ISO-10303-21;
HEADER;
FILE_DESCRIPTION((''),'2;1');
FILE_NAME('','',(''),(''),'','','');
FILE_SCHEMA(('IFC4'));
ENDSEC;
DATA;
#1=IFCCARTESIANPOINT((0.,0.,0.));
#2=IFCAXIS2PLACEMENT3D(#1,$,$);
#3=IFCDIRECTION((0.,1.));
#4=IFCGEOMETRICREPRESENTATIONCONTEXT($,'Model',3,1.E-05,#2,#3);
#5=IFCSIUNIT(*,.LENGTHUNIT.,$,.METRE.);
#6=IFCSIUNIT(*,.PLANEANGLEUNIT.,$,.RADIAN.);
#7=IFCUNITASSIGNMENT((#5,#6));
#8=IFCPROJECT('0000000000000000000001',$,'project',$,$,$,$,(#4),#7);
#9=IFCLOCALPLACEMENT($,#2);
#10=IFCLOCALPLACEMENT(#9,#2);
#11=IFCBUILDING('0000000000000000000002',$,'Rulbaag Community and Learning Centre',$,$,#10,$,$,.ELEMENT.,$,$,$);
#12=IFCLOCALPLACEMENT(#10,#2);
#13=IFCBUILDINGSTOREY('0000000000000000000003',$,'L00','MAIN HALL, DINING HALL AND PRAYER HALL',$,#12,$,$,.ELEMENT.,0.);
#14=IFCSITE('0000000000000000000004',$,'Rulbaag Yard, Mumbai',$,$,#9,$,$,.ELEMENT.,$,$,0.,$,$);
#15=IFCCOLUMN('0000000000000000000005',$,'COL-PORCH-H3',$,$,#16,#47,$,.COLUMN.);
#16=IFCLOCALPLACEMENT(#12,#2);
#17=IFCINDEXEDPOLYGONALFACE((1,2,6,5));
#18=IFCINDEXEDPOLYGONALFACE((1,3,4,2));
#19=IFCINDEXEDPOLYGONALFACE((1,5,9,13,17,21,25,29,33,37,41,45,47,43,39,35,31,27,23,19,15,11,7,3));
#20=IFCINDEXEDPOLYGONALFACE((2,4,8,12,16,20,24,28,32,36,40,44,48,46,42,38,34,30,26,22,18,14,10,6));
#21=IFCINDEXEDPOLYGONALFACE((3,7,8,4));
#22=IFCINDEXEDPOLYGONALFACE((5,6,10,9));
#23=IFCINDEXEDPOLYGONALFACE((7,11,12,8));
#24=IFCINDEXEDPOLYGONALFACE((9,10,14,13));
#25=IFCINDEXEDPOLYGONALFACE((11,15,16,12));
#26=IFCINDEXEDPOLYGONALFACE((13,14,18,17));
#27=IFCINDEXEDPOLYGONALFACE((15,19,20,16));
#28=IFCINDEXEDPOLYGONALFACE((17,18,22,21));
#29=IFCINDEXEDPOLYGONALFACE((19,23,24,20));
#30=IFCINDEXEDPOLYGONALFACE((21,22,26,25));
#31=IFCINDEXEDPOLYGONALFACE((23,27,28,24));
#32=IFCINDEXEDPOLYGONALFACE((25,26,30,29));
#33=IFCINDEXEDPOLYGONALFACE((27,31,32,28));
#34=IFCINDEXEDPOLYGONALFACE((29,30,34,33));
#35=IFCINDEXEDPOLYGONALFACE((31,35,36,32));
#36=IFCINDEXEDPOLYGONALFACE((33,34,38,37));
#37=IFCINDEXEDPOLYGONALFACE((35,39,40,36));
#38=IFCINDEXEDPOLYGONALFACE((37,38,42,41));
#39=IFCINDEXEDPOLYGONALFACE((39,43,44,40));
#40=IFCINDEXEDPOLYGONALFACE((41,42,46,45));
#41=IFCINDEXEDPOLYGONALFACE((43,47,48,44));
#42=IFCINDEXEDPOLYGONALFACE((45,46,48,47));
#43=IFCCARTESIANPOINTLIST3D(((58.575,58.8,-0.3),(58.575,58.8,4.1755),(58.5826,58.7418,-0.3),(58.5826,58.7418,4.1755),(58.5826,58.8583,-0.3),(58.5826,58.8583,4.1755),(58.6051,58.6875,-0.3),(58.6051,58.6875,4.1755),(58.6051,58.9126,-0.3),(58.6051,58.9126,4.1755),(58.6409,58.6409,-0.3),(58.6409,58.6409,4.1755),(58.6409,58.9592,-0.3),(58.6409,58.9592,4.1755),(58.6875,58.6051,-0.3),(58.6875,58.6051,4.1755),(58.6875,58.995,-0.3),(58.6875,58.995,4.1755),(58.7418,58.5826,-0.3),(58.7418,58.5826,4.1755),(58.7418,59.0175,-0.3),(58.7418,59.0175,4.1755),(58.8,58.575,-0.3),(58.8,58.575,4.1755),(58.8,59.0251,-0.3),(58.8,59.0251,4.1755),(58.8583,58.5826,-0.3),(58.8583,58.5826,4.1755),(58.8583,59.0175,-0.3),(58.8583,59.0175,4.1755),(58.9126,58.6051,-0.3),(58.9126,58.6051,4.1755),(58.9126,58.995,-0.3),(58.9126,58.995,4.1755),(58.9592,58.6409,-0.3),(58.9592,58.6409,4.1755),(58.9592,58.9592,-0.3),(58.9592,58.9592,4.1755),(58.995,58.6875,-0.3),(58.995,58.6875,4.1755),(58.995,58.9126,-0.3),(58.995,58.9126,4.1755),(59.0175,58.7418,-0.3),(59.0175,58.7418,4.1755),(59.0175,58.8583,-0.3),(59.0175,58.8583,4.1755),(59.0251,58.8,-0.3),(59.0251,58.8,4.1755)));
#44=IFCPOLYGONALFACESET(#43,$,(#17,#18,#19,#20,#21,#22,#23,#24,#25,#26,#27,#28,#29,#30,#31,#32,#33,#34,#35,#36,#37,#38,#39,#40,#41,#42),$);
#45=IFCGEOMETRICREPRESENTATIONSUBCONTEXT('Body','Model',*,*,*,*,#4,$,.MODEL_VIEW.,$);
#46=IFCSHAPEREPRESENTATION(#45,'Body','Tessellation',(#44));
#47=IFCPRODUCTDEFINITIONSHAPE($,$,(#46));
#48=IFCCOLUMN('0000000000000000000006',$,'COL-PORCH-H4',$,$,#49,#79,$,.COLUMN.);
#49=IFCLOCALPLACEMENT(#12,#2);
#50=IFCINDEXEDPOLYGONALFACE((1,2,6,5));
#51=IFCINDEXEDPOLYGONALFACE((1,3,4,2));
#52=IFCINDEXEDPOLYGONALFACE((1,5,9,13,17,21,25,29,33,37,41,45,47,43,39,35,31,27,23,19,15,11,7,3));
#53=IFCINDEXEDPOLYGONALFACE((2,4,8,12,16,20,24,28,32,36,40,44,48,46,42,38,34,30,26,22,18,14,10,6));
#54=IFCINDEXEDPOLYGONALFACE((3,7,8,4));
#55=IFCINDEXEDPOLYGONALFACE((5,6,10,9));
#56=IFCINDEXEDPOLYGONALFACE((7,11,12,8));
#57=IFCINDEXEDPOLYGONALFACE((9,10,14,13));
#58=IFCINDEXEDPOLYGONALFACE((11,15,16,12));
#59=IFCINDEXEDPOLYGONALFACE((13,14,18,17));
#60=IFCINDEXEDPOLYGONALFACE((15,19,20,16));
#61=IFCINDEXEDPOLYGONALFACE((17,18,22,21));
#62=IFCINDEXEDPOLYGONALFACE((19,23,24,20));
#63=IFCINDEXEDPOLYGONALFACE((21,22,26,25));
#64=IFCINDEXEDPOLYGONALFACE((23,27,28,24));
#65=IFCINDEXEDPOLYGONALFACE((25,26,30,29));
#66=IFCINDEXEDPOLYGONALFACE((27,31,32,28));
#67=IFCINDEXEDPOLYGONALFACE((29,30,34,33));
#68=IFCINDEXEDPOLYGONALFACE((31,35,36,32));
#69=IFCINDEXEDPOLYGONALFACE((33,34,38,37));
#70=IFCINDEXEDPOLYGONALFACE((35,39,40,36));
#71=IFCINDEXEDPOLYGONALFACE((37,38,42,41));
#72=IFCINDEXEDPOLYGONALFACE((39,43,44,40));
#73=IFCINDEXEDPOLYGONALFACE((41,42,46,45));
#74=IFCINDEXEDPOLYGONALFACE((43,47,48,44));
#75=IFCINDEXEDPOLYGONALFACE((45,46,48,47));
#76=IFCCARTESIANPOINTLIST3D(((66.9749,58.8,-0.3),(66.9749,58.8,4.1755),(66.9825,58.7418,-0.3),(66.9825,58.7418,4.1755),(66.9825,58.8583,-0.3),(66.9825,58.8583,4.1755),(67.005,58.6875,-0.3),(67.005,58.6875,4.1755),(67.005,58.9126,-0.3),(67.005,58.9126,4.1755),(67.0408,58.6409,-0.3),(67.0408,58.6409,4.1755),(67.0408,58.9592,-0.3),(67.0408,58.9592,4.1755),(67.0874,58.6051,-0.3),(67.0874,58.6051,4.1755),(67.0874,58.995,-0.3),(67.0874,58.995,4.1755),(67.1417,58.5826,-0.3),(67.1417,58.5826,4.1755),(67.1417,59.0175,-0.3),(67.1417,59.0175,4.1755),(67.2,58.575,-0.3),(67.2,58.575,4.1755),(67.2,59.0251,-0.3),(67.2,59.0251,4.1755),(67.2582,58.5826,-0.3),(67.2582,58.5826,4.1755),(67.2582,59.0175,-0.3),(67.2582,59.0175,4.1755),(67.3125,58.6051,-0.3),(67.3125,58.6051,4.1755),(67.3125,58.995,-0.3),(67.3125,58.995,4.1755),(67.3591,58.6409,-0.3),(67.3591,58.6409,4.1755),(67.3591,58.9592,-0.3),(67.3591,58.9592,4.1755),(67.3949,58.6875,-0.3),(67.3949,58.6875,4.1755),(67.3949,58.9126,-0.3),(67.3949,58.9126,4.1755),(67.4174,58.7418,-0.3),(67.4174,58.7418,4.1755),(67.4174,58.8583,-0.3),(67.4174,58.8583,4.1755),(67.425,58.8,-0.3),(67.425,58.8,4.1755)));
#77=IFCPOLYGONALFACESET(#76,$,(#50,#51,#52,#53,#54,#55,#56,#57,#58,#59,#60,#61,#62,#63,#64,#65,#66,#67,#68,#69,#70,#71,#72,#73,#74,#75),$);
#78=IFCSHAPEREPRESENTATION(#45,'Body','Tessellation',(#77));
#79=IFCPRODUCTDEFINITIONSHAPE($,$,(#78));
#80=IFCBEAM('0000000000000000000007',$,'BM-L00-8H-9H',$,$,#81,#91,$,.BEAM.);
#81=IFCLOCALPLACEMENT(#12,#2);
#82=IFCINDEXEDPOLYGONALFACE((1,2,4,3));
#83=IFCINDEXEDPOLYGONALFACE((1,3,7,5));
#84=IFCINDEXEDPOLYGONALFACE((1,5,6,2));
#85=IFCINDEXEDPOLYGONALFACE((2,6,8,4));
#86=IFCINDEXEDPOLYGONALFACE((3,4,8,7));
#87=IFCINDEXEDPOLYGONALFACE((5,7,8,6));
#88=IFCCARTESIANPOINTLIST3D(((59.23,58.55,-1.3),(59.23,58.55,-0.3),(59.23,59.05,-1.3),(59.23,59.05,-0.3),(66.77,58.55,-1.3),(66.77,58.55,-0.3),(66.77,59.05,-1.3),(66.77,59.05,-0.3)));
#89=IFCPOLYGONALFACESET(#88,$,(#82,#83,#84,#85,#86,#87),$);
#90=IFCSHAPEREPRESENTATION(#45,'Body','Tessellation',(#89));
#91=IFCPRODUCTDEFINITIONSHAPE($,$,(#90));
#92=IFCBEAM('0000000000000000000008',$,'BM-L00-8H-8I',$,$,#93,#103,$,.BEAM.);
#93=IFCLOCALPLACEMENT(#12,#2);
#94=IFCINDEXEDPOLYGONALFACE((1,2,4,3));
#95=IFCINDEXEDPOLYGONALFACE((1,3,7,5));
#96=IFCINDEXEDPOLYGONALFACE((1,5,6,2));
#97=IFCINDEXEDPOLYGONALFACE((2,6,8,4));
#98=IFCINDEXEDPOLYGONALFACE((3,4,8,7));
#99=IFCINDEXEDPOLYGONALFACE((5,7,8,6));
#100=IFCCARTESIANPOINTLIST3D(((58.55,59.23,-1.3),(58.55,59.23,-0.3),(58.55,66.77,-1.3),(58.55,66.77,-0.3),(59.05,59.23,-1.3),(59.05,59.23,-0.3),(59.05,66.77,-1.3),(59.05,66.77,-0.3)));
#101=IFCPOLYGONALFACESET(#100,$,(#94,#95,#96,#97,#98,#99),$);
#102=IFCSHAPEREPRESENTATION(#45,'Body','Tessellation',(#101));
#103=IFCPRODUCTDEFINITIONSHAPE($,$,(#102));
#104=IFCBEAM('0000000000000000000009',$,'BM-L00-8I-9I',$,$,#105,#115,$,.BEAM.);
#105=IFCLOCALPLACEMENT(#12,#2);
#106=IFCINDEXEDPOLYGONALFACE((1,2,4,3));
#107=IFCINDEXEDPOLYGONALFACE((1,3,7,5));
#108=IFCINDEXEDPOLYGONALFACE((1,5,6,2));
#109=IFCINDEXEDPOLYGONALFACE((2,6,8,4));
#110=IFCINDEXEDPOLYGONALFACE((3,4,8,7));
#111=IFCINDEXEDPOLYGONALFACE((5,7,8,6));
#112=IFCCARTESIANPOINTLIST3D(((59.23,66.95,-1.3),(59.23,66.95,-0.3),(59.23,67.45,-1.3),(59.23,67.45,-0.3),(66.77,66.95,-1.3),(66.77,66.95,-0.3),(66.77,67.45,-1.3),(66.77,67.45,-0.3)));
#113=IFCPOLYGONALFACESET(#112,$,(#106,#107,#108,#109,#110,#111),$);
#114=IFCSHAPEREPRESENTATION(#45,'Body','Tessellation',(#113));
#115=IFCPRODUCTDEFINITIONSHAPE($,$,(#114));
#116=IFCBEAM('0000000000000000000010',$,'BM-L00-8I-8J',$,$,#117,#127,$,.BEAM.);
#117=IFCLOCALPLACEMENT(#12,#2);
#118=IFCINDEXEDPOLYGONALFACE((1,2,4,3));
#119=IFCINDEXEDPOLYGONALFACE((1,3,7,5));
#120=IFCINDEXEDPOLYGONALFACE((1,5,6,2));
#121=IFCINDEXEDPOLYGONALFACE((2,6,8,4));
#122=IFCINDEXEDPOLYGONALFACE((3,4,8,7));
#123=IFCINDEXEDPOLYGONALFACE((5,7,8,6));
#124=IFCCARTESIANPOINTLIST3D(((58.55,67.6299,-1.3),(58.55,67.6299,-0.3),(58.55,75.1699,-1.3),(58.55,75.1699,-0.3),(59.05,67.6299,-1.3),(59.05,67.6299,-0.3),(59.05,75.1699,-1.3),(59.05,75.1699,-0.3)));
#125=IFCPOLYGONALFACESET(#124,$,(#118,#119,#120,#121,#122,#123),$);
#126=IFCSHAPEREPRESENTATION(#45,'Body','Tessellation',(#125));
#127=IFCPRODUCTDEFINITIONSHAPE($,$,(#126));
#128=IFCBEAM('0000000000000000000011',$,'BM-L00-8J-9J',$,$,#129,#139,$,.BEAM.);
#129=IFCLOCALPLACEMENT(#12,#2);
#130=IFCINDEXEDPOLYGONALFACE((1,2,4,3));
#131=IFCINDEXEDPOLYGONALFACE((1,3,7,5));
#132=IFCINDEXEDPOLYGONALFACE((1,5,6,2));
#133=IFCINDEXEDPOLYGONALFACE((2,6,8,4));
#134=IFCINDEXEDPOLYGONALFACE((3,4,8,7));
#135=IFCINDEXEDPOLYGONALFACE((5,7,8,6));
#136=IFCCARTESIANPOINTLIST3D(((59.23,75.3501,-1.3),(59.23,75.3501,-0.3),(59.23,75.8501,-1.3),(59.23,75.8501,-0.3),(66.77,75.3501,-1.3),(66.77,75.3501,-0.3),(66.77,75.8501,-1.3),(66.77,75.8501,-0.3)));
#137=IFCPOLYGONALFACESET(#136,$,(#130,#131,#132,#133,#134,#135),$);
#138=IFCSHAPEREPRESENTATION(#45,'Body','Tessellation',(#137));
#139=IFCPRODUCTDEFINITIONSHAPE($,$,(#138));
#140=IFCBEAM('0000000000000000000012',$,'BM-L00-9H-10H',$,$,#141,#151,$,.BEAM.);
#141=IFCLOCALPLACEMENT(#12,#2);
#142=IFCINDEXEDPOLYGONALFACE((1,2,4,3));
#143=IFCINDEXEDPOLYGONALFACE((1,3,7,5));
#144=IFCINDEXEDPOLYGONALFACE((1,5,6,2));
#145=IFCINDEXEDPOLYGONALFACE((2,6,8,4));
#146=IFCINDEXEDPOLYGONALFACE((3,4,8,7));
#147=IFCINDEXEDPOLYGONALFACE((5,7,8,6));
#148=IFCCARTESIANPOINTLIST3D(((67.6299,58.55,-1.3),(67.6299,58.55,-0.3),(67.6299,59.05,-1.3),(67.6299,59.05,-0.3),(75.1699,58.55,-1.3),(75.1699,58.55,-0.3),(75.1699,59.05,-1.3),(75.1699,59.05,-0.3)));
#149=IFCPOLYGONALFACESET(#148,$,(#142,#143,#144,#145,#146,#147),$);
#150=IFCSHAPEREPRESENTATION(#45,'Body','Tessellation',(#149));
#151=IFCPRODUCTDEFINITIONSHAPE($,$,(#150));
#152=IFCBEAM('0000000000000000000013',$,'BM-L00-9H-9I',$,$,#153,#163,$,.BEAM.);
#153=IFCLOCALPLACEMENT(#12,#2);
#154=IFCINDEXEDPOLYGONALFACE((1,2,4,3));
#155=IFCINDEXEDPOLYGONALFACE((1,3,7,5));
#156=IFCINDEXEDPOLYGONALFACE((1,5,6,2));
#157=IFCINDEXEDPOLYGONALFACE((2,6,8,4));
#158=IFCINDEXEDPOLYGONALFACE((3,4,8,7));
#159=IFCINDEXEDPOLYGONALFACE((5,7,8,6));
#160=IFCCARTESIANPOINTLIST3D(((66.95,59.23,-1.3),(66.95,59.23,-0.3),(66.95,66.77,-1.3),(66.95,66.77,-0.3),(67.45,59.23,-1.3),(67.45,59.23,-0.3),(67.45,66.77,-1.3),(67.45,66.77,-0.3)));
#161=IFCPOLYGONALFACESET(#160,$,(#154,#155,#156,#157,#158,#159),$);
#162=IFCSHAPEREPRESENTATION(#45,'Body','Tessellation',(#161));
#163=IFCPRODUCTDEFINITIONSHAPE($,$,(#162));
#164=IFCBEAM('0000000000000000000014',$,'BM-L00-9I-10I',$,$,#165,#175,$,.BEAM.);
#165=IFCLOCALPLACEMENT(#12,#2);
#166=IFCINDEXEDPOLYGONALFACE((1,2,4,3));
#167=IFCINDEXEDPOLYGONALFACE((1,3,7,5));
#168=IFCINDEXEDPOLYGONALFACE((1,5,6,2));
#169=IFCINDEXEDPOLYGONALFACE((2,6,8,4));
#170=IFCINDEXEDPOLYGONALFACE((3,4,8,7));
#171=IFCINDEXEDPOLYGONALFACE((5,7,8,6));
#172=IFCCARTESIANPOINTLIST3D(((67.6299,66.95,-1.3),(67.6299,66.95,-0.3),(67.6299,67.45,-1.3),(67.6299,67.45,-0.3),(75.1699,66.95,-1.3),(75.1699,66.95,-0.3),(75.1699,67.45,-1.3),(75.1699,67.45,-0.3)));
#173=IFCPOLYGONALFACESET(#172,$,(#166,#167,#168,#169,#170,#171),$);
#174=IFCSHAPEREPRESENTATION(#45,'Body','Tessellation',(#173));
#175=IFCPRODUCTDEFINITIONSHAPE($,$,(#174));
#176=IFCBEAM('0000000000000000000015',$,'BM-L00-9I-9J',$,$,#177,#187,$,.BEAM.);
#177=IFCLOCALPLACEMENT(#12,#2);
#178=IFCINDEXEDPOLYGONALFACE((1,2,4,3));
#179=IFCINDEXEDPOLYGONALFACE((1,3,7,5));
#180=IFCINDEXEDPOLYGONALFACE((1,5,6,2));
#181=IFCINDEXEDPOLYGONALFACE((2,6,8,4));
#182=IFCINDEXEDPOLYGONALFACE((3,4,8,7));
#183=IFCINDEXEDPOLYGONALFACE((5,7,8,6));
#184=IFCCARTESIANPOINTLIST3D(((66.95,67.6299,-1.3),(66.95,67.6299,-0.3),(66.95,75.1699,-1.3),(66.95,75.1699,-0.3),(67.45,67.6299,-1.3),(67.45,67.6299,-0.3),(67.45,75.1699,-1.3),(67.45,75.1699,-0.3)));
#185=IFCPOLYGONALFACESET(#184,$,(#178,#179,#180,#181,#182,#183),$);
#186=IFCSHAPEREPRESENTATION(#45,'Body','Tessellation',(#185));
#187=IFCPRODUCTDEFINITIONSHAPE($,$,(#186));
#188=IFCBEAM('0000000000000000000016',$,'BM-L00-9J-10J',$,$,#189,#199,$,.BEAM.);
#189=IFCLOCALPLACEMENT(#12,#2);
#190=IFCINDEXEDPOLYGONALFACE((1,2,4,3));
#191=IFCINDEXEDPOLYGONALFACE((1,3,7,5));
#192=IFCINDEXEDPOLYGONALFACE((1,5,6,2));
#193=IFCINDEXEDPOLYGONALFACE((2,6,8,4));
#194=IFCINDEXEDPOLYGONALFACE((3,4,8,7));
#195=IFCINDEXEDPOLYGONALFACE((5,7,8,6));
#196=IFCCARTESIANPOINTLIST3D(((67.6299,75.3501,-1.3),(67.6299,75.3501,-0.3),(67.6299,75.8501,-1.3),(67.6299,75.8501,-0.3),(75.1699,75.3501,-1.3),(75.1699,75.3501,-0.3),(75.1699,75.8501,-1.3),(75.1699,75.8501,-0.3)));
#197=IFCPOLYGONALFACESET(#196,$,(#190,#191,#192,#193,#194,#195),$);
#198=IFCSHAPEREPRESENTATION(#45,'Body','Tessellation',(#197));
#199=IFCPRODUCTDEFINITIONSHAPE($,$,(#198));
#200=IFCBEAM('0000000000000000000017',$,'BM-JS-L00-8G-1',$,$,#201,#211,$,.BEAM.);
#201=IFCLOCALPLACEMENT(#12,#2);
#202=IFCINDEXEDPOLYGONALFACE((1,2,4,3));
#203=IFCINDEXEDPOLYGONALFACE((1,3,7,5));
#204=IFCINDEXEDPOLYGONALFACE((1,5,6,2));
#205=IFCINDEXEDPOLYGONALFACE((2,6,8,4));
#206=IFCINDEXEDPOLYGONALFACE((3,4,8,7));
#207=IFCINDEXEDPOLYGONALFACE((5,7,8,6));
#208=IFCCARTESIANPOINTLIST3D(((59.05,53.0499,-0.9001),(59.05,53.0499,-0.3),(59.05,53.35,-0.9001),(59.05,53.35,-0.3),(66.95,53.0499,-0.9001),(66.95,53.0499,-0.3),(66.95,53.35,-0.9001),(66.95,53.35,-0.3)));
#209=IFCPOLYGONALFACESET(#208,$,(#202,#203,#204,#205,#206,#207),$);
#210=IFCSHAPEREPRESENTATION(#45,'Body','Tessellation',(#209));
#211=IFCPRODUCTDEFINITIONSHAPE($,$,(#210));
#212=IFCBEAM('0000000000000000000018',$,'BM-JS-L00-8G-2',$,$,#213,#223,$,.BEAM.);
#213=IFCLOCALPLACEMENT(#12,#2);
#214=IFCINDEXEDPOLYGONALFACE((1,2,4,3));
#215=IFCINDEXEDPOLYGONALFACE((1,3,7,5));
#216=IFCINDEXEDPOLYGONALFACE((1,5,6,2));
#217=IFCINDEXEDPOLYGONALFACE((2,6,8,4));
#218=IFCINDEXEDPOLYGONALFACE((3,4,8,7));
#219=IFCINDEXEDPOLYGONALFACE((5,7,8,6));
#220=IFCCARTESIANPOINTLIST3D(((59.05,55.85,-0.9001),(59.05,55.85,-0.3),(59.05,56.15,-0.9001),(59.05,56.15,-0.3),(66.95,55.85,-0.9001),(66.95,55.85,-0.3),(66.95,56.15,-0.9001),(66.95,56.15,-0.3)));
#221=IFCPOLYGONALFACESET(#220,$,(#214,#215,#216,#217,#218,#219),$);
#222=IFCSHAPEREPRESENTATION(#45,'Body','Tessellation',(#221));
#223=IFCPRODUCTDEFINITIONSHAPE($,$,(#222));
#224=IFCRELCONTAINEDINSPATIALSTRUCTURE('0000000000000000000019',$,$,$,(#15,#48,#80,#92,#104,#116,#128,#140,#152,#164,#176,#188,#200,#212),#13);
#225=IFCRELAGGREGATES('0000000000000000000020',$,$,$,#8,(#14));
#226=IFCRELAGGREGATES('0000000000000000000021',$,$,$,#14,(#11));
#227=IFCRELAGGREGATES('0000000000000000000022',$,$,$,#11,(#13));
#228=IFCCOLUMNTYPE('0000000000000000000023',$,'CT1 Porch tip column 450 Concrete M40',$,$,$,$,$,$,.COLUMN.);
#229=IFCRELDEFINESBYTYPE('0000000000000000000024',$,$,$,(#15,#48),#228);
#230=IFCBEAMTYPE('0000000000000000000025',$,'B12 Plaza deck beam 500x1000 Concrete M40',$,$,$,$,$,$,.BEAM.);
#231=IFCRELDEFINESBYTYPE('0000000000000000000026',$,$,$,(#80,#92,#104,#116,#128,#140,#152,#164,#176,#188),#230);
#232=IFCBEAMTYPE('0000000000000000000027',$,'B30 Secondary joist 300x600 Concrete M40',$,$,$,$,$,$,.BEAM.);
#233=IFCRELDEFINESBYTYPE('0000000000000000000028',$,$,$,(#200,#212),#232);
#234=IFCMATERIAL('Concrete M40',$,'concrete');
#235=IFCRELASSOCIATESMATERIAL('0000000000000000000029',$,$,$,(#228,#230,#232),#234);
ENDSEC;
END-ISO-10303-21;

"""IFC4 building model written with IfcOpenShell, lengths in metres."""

from ifc_helpers import new_model, si_unit, direction, frame, origin, origin_2d, place, context, subcontext, project, spatial, rectangle, circle, extrude, material, material_profile, profile_set, type_object, element, save


model = new_model("IFC4")

# Units and contexts
model_context = context("Model", 3, precision=1e-05, world=origin(), true_north=direction((0.0, 1.0)))
body_context = subcontext(model_context, "Body", "Model", "MODEL_VIEW")
ifc_project = project(units=[si_unit("LENGTHUNIT", "METRE"), si_unit("PLANEANGLEUNIT", "RADIAN")], contexts=[model_context])

# Site, building, storey
site_placement = place(None, origin())
site = spatial("IfcSite", under=ifc_project, at=site_placement, Name="Rulbaag Yard, Mumbai", CompositionType="ELEMENT", RefElevation=0.0)
building_placement = place(site_placement, origin())
building = spatial("IfcBuilding", under=site, at=building_placement, Name="Rulbaag Community and Learning Centre", CompositionType="ELEMENT")
storey_placement = place(building_placement, origin())
storey = spatial("IfcBuildingStorey", under=building, at=storey_placement, Name="L00", Description="MAIN HALL, DINING HALL AND PRAYER HALL", CompositionType="ELEMENT", Elevation=0.0)

# Columns
ifc_material = material(Name="Concrete M40", Category="concrete")
ifc_material_profile_1 = material_profile(ifc_material, circle(Radius=0.2251, at=origin_2d()), Name="RD450")
ifc_profile_set_1 = profile_set([ifc_material_profile_1], Name="Concrete M40")
column_type = type_object("IfcColumnType", Name="CT1 Porch tip column 450 Concrete M40", PredefinedType="COLUMN", material=ifc_profile_set_1)
for number, where, z_axis, x_axis, name in (
    (1, (58.8, 58.8, -0.3), (0.0, 0.0, 1.0), (1.0, 0.0, 0.0), "COL-PORCH-H3"),
    (2, (67.2, 58.8, -0.3), (0.0, 0.0, 1.0), (1.0, 0.0, 0.0), "COL-PORCH-H4"),
):
    element("IfcColumn", number, at=place(storey_placement, frame(where, z_axis=z_axis, x_axis=x_axis)), inside=storey, type_object=column_type, Name=name, PredefinedType="COLUMN", context=body_context, shape_type="SweptSolid", body=[
        extrude(circle(Radius=0.2251, at=origin_2d()), origin(), (0.0, 0.0, 1.0), 4.4756),
    ])

# Beams
ifc_material_profile_2 = material_profile(ifc_material, rectangle(XDim=0.5, YDim=1.0, at=origin_2d()), Name="RB500x1000")
ifc_profile_set_2 = profile_set([ifc_material_profile_2], Name="Concrete M40")
beam_type_1 = type_object("IfcBeamType", Name="B12 Plaza deck beam 500x1000 Concrete M40", PredefinedType="BEAM", material=ifc_profile_set_2)
for number, where, z_axis, x_axis, name in (
    (3, (59.23, 58.8, -0.8), (1.0, 0.0, 0.0), (0.0, 1.0, 0.0), "BM-L00-8H-9H"),
    (4, (58.8, 59.23, -0.8), (0.0, 1.0, 0.0), (-1.0, 0.0, 0.0), "BM-L00-8H-8I"),
    (5, (59.23, 67.2, -0.8), (1.0, 0.0, 0.0), (0.0, 1.0, 0.0), "BM-L00-8I-9I"),
    (6, (58.8, 67.6299, -0.8), (0.0, 1.0, 0.0), (-1.0, 0.0, 0.0), "BM-L00-8I-8J"),
    (7, (59.23, 75.6001, -0.8), (1.0, 0.0, 0.0), (0.0, 1.0, 0.0), "BM-L00-8J-9J"),
    (8, (67.6299, 58.8, -0.8), (1.0, 0.0, 0.0), (0.0, 1.0, 0.0), "BM-L00-9H-10H"),
    (9, (67.2, 59.23, -0.8), (0.0, 1.0, 0.0), (-1.0, 0.0, 0.0), "BM-L00-9H-9I"),
    (10, (67.6299, 67.2, -0.8), (1.0, 0.0, 0.0), (0.0, 1.0, 0.0), "BM-L00-9I-10I"),
    (11, (67.2, 67.6299, -0.8), (0.0, 1.0, 0.0), (-1.0, 0.0, 0.0), "BM-L00-9I-9J"),
    (12, (67.6299, 75.6001, -0.8), (1.0, 0.0, 0.0), (0.0, 1.0, 0.0), "BM-L00-9J-10J"),
):
    element("IfcBeam", number, at=place(storey_placement, frame(where, z_axis=z_axis, x_axis=x_axis)), inside=storey, type_object=beam_type_1, Name=name, PredefinedType="BEAM", context=body_context, shape_type="SweptSolid", body=[
        extrude(rectangle(XDim=0.5, YDim=1.0, at=origin_2d()), origin(), (0.0, 0.0, 1.0), 7.54),
    ])
ifc_material_profile_3 = material_profile(ifc_material, rectangle(XDim=0.3, YDim=0.6001, at=origin_2d()), Name="RB300x600")
ifc_profile_set_3 = profile_set([ifc_material_profile_3], Name="Concrete M40")
beam_type_2 = type_object("IfcBeamType", Name="B30 Secondary joist 300x600 Concrete M40", PredefinedType="BEAM", material=ifc_profile_set_3)
for number, where, z_axis, x_axis, name in (
    (13, (59.05, 53.2, -0.6001), (1.0, 0.0, 0.0), (0.0, 1.0, 0.0), "BM-JS-L00-8G-1"),
    (14, (59.05, 56.0, -0.6001), (1.0, 0.0, 0.0), (0.0, 1.0, 0.0), "BM-JS-L00-8G-2"),
):
    element("IfcBeam", number, at=place(storey_placement, frame(where, z_axis=z_axis, x_axis=x_axis)), inside=storey, type_object=beam_type_2, Name=name, PredefinedType="BEAM", context=body_context, shape_type="SweptSolid", body=[
        extrude(rectangle(XDim=0.3, YDim=0.6001, at=origin_2d()), origin(), (0.0, 0.0, 1.0), 7.8999),
    ])

save(model, "model.ifc")
